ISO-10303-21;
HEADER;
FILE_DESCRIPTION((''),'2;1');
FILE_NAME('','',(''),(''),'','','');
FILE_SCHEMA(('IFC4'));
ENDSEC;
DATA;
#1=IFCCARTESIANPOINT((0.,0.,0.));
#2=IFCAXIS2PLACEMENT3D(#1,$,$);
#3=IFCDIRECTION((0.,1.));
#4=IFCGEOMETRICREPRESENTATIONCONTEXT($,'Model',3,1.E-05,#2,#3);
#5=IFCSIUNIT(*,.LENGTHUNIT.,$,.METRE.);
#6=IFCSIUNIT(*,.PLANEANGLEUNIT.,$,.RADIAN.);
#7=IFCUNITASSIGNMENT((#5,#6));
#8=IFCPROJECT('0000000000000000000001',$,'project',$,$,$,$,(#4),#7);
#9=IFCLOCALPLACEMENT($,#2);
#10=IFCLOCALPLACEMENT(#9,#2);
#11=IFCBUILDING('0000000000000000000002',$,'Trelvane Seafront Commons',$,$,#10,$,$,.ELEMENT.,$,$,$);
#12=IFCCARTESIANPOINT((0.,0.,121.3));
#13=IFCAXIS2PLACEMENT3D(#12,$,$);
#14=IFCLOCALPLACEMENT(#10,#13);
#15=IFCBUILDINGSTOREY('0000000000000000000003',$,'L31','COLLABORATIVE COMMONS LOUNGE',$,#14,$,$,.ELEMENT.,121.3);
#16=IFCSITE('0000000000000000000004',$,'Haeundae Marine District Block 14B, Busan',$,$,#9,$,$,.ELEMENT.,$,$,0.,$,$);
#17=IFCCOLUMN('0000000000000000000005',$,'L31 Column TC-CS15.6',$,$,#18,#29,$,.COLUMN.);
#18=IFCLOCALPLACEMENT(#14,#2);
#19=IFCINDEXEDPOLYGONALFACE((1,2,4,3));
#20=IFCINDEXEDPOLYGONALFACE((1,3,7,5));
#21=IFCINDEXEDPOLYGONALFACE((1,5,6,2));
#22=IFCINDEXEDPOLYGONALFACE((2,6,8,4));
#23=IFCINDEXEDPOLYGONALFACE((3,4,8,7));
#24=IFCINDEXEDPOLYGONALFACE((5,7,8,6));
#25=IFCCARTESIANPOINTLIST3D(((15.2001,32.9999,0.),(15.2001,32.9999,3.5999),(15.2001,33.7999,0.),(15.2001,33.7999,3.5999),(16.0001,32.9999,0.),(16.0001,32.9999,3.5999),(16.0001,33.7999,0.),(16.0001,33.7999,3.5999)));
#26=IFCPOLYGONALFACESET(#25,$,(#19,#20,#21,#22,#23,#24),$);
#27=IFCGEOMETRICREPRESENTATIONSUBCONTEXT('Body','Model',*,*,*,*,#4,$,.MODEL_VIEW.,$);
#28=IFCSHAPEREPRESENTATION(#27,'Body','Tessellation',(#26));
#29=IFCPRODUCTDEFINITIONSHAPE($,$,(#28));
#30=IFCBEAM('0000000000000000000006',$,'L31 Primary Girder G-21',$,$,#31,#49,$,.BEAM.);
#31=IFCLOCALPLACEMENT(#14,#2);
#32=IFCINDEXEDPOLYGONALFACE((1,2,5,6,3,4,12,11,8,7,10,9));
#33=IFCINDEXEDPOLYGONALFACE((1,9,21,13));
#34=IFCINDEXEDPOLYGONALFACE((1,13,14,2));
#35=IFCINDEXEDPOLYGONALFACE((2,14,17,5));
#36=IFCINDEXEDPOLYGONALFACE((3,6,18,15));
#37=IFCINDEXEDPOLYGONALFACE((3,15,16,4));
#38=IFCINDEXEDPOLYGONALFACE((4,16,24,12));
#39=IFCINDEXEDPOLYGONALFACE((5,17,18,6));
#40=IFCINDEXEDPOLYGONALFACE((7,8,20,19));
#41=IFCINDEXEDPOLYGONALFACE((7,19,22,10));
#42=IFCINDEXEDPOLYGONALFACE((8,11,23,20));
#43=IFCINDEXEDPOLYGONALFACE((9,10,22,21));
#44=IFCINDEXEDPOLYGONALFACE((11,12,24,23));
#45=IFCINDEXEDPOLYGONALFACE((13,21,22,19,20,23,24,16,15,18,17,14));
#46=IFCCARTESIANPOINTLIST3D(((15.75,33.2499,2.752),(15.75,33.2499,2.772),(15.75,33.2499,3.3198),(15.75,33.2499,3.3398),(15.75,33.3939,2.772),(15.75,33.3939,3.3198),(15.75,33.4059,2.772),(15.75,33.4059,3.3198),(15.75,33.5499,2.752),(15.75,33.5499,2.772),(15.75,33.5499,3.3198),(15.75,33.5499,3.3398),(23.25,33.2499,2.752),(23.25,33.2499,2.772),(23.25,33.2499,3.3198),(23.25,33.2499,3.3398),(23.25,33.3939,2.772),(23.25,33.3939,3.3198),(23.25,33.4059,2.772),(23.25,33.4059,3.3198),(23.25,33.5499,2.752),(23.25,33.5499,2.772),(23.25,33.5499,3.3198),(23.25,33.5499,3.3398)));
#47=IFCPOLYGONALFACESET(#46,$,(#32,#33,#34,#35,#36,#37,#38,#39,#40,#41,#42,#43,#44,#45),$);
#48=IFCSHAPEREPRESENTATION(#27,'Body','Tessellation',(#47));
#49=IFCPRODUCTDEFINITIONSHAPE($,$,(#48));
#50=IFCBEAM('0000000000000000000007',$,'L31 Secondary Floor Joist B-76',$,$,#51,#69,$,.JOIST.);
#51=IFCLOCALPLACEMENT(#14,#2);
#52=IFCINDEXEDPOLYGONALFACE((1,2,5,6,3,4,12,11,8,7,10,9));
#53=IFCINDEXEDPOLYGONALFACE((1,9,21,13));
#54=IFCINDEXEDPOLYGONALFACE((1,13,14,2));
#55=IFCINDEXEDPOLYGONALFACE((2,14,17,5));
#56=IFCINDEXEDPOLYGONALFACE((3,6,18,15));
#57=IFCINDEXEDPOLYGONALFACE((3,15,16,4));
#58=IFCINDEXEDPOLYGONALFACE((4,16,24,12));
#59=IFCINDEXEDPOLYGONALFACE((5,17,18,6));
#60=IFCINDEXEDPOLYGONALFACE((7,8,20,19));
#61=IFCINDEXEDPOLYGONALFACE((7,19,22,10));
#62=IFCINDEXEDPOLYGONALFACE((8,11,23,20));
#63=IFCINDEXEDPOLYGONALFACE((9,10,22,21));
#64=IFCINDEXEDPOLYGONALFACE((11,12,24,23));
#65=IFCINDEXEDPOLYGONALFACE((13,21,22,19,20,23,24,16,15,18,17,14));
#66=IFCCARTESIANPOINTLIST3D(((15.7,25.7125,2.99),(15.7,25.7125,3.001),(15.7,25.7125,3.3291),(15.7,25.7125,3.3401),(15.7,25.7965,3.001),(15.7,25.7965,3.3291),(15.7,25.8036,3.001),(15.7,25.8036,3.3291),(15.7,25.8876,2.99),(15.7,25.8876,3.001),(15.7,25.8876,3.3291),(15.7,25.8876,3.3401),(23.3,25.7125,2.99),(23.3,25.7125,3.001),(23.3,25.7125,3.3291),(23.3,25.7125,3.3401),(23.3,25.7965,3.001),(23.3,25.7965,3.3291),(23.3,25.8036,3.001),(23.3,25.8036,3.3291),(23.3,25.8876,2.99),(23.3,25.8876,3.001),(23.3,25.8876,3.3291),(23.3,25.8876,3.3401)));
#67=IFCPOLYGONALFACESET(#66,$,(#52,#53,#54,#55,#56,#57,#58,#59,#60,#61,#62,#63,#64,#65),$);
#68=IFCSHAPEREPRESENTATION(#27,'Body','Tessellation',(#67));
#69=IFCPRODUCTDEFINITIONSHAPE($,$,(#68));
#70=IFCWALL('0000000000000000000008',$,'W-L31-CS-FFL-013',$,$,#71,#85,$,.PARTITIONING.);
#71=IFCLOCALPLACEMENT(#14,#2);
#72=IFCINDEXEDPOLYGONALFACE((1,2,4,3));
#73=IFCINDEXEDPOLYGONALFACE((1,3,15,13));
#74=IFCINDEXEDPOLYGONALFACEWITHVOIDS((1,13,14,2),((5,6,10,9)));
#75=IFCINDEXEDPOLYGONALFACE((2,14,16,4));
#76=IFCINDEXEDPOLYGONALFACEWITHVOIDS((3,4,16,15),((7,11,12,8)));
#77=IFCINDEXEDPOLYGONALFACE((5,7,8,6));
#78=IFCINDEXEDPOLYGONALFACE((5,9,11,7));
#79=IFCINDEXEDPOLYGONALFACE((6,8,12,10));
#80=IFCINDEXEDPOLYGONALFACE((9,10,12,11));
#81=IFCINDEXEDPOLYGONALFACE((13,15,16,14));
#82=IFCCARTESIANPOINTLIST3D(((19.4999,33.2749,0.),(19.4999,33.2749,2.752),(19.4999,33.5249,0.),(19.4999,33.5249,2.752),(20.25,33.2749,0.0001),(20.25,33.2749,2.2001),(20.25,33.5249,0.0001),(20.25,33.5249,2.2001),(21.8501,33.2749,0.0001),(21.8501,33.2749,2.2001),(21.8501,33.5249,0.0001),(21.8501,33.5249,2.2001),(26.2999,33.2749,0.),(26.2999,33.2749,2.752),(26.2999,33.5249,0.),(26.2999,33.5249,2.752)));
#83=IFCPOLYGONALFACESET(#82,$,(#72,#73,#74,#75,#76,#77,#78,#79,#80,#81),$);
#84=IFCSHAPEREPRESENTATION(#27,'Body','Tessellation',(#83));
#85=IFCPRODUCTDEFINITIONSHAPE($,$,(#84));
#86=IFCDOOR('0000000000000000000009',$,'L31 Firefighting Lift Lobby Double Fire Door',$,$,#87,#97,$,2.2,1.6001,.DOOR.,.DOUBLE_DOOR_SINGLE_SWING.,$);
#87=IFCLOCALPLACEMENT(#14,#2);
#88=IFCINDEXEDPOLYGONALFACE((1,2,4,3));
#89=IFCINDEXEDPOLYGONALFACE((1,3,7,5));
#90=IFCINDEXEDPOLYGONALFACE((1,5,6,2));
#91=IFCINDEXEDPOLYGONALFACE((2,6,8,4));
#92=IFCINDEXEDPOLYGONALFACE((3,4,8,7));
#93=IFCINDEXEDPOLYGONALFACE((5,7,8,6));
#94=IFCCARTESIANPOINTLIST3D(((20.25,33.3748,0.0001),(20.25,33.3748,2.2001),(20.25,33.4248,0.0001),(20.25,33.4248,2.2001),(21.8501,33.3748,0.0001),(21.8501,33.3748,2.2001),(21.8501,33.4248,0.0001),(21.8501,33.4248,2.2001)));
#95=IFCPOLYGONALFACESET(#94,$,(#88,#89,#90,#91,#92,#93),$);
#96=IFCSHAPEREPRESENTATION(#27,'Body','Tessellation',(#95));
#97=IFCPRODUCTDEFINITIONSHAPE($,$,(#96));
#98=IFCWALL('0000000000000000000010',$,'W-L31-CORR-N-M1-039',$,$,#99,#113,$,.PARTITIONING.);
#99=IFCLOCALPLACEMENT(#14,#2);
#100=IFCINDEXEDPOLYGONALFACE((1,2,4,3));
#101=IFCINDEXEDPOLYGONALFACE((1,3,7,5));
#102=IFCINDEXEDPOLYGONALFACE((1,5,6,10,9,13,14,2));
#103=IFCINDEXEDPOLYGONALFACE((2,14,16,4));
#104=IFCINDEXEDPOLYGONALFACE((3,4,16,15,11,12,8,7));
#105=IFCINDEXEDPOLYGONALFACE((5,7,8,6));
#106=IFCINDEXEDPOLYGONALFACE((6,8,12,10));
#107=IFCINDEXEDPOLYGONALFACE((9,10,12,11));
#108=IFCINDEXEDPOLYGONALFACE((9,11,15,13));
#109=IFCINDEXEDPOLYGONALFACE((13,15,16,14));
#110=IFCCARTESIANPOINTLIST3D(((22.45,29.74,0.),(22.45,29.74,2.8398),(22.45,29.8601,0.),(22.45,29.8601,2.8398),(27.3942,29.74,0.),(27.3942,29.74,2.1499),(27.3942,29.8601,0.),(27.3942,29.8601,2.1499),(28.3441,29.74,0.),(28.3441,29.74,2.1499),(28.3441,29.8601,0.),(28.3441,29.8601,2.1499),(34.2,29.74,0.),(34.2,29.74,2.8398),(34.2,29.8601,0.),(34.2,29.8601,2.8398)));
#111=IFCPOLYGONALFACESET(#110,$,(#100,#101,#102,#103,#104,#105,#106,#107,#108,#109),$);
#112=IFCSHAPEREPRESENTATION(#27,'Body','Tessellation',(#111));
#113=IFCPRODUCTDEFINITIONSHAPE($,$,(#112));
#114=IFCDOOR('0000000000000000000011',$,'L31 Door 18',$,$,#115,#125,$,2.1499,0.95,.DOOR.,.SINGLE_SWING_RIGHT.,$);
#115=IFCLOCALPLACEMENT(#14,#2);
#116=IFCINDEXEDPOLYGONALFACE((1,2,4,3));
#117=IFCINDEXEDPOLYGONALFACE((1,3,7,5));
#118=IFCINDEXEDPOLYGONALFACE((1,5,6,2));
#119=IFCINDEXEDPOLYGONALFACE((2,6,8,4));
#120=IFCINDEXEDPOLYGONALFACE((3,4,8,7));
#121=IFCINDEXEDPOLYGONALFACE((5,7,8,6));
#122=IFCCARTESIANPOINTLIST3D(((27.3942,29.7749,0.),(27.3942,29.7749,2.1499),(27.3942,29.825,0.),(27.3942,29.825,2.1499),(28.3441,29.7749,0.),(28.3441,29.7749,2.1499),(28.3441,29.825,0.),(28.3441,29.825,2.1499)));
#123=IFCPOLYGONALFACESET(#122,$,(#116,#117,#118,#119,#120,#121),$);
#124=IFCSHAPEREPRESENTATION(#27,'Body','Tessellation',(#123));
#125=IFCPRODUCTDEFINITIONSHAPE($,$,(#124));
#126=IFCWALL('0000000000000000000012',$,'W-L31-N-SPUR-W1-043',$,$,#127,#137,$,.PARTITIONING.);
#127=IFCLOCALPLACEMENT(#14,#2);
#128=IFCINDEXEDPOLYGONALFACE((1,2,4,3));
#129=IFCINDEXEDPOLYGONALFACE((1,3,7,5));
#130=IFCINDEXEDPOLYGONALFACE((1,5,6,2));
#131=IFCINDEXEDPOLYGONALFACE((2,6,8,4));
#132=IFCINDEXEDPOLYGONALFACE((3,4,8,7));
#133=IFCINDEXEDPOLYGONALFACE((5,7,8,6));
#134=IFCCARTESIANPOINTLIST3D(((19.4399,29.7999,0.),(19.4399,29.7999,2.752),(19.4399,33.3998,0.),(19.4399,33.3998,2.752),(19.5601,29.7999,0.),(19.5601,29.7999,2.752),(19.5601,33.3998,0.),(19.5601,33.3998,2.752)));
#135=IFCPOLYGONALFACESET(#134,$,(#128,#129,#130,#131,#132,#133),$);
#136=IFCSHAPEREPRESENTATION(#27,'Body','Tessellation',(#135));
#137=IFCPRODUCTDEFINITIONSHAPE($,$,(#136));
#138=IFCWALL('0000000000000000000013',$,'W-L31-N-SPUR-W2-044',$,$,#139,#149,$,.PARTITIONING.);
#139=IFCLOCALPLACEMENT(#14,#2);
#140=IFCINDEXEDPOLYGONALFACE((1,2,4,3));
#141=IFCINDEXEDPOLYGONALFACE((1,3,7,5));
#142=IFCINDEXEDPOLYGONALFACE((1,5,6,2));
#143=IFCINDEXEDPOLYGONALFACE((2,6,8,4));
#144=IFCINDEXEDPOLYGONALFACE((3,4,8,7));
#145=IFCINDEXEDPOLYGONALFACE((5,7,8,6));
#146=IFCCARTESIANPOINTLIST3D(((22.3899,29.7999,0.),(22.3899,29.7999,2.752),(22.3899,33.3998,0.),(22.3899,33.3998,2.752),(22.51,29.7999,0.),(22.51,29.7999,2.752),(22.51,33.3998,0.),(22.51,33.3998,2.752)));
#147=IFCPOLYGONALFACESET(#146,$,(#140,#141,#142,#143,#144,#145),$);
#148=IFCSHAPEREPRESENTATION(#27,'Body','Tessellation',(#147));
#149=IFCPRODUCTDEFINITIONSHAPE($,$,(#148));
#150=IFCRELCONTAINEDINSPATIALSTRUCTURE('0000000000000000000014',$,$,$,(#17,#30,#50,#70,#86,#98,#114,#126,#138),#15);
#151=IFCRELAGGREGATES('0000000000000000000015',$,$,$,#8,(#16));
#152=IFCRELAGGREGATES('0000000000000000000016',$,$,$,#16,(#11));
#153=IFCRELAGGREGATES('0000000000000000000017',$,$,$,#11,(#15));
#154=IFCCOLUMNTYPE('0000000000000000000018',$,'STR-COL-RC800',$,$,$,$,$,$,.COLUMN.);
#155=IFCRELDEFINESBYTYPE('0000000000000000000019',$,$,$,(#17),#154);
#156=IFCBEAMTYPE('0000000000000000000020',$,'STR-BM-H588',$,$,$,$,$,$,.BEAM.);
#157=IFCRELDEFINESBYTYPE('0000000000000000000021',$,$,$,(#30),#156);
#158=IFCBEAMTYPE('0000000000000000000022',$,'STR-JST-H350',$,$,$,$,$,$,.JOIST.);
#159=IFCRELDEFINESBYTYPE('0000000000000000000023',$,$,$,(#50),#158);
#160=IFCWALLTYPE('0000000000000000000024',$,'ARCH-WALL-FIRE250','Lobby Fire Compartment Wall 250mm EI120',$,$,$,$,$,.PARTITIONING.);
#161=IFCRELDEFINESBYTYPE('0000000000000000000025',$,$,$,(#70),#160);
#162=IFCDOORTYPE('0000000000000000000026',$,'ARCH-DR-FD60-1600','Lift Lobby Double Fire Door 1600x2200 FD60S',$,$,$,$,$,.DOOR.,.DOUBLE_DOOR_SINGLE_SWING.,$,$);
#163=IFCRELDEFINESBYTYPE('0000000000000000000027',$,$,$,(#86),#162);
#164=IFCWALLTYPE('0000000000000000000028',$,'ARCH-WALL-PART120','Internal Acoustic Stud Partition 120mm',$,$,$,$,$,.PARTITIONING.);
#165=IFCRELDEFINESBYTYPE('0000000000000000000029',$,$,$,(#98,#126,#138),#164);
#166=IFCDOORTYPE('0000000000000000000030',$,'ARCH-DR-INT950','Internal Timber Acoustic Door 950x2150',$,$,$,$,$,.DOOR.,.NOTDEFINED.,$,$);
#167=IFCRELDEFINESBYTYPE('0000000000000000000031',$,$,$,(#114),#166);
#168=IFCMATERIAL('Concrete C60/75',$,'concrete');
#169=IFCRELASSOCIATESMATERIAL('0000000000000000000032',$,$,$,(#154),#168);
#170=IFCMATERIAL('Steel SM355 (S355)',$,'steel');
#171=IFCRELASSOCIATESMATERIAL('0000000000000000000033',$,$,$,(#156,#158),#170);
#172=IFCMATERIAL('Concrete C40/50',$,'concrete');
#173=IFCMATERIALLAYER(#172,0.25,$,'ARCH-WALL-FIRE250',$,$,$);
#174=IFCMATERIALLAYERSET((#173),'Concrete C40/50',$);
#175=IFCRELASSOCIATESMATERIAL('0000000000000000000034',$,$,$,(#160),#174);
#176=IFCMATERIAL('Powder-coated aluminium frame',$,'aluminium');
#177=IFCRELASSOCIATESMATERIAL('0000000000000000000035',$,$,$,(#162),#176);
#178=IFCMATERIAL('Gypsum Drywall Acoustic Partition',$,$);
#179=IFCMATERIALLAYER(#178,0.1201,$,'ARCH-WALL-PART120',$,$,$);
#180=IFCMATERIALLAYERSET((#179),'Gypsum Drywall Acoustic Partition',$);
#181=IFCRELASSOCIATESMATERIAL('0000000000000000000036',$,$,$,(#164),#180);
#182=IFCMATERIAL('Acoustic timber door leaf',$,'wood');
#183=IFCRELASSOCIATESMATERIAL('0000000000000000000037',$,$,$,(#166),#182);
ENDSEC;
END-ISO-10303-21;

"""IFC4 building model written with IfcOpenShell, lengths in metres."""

from ifc_helpers import new_model, si_unit, direction, frame, frame_2d, origin, origin_2d, place, context, subcontext, project, spatial, rectangle, i_section, extrude, source, transform, mapped, material, layer, layer_set, material_profile, profile_set, type_object, element, fill, save


model = new_model("IFC4")

# Units and contexts
model_context = context("Model", 3, precision=1e-05, world=origin(), true_north=direction((0.0, 1.0)))
body_context = subcontext(model_context, "Body", "Model", "MODEL_VIEW")
ifc_project = project(units=[si_unit("LENGTHUNIT", "METRE"), si_unit("PLANEANGLEUNIT", "RADIAN")], contexts=[model_context])

# Site, building, storey
site_placement = place(None, origin())
site = spatial("IfcSite", under=ifc_project, at=site_placement, Name="Haeundae Marine District Block 14B, Busan", CompositionType="ELEMENT", RefElevation=0.0)
building_placement = place(site_placement, origin())
building = spatial("IfcBuilding", under=site, at=building_placement, Name="Trelvane Seafront Commons", CompositionType="ELEMENT")
storey_placement = place(building_placement, frame((0.0, 0.0, 121.3)))
storey = spatial("IfcBuildingStorey", under=building, at=storey_placement, Name="L31", Description="COLLABORATIVE COMMONS LOUNGE", CompositionType="ELEMENT", Elevation=121.3)

# Column
ifc_material_1 = material(Name="Concrete C60/75", Category="concrete")
ifc_material_profile_1 = material_profile(ifc_material_1, rectangle(XDim=0.8, YDim=0.8, at=origin_2d()), Name="RC-800x800")
ifc_profile_set_1 = profile_set([ifc_material_profile_1], Name="Concrete C60/75")
column_type = type_object("IfcColumnType", Name="STR-COL-RC800", PredefinedType="COLUMN", material=ifc_profile_set_1)
shared_shape_1 = source(origin(), body_context, "Body", "SweptSolid", [
    extrude(rectangle(XDim=0.8, YDim=0.8, at=origin_2d()), origin(), (0.0, 0.0, 1.0), 3.5999),
])
column_placement = place(storey_placement, frame((15.6001, 33.3999, 0.0), z_axis=(0.0, 0.0, 1.0), x_axis=(1.0, 0.0, 0.0)))
element("IfcColumn", 1, at=column_placement, inside=storey, type_object=column_type, Name="L31 Column TC-CS15.6", PredefinedType="COLUMN", context=body_context, shape_type="MappedRepresentation", body=[
    mapped(shared_shape_1, transform((0.0, 0.0, 0.0), x_axis=(1.0, 0.0, 0.0), y_axis=(0.0, 1.0, 0.0), z_axis=(0.0, 0.0, 1.0), scale=1.0)),
])

# Beams
ifc_material_2 = material(Name="Steel SM355 (S355)", Category="steel")
ifc_material_profile_2 = material_profile(ifc_material_2, i_section(OverallWidth=0.3, OverallDepth=0.5879, WebThickness=0.012, FlangeThickness=0.02, at=origin_2d()), Name="H-588x300x12x20")
ifc_profile_set_2 = profile_set([ifc_material_profile_2], Name="Steel SM355 (S355)")
beam_type_1 = type_object("IfcBeamType", Name="STR-BM-H588", PredefinedType="BEAM", material=ifc_profile_set_2)
shared_shape_2 = source(origin(), body_context, "Body", "SweptSolid", [
    extrude(i_section(OverallWidth=0.3, OverallDepth=0.5879, WebThickness=0.012, FlangeThickness=0.02, at=origin_2d()), origin(), (0.0, 0.0, 1.0), 7.5),
])
beam_1_placement = place(storey_placement, frame((15.75, 33.3999, 3.0459), z_axis=(1.0, 0.0, 0.0), x_axis=(0.0, 1.0, 0.0)))
element("IfcBeam", 2, at=beam_1_placement, inside=storey, type_object=beam_type_1, Name="L31 Primary Girder G-21", PredefinedType="BEAM", context=body_context, shape_type="MappedRepresentation", body=[
    mapped(shared_shape_2, transform((0.0, 0.0, 0.0), x_axis=(1.0, 0.0, 0.0), y_axis=(0.0, 1.0, 0.0), z_axis=(0.0, 0.0, 1.0), scale=1.0)),
])
ifc_material_profile_3 = material_profile(ifc_material_2, i_section(OverallWidth=0.175, OverallDepth=0.3501, WebThickness=0.0071, FlangeThickness=0.011, at=origin_2d()), Name="H-350x175x7x11")
ifc_profile_set_3 = profile_set([ifc_material_profile_3], Name="Steel SM355 (S355)")
beam_type_2 = type_object("IfcBeamType", Name="STR-JST-H350", PredefinedType="JOIST", material=ifc_profile_set_3)
shared_shape_3 = source(origin(), body_context, "Body", "SweptSolid", [
    extrude(i_section(OverallWidth=0.175, OverallDepth=0.3501, WebThickness=0.0071, FlangeThickness=0.011, at=origin_2d()), origin(), (0.0, 0.0, 1.0), 7.6001),
])
beam_2_placement = place(storey_placement, frame((15.7, 25.8, 3.165), z_axis=(1.0, 0.0, 0.0), x_axis=(0.0, 1.0, 0.0)))
element("IfcBeam", 3, at=beam_2_placement, inside=storey, type_object=beam_type_2, Name="L31 Secondary Floor Joist B-76", PredefinedType="JOIST", context=body_context, shape_type="MappedRepresentation", body=[
    mapped(shared_shape_3, transform((0.0, 0.0, 0.0), x_axis=(1.0, 0.0, 0.0), y_axis=(0.0, 1.0, 0.0), z_axis=(0.0, 0.0, 1.0), scale=1.0)),
])

# Walls, openings, doors
ifc_material_3 = material(Name="Concrete C40/50", Category="concrete")
ifc_layer_1 = layer(ifc_material_3, 0.25, Name="ARCH-WALL-FIRE250")
ifc_layer_set_1 = layer_set([ifc_layer_1], Name="Concrete C40/50")
wall_type_1 = type_object("IfcWallType", Name="ARCH-WALL-FIRE250", Description="Lobby Fire Compartment Wall 250mm EI120", PredefinedType="PARTITIONING", material=ifc_layer_set_1)
wall_1_placement = place(storey_placement, frame((19.5, 33.3999, 0.0), z_axis=(0.0, 0.0, 1.0), x_axis=(1.0, 0.0, 0.0)))
wall_1 = element("IfcWall", 4, at=wall_1_placement, inside=storey, type_object=wall_type_1, Name="W-L31-CS-FFL-013", PredefinedType="PARTITIONING", context=body_context, shape_type="SweptSolid", body=[
    extrude(rectangle(XDim=6.8, YDim=0.25, at=frame_2d((3.3999, 0.0))), origin(), (0.0, 0.0, 1.0), 2.752),
])
opening_1_placement = place(wall_1_placement, frame((0.75, 0.0, 0.0)))
opening_1 = element("IfcOpeningElement", 5, at=opening_1_placement, cuts=wall_1, PredefinedType="OPENING", context=body_context, shape_type="SweptSolid", body=[
    extrude(rectangle(XDim=1.6001, YDim=2.2, at=frame_2d((0.8, 1.1001))), frame((0.0, 0.135, 0.0), z_axis=(0.0, -1.0, 0.0), x_axis=(1.0, 0.0, 0.0)), (0.0, 0.0, 1.0), 0.27),
])
ifc_material_4 = material(Name="Powder-coated aluminium frame", Category="aluminium")
door_type_1 = type_object("IfcDoorType", Name="ARCH-DR-FD60-1600", Description="Lift Lobby Double Fire Door 1600x2200 FD60S", OperationType="DOUBLE_DOOR_SINGLE_SWING", PredefinedType="DOOR", material=ifc_material_4)
shared_shape_4 = source(origin(), body_context, "Body", "SweptSolid", [
    extrude(rectangle(XDim=1.6001, YDim=2.2, at=frame_2d((0.8, 1.1001))), frame((0.0, 0.0249, 0.0), z_axis=(0.0, -1.0, 0.0), x_axis=(1.0, 0.0, 0.0)), (0.0, 0.0, 1.0), 0.05),
])
door_1_placement = place(opening_1_placement, origin())
door_1 = element("IfcDoor", 6, at=door_1_placement, inside=storey, type_object=door_type_1, Name="L31 Firefighting Lift Lobby Double Fire Door", OperationType="DOUBLE_DOOR_SINGLE_SWING", OverallHeight=2.2, OverallWidth=1.6001, PredefinedType="DOOR", context=body_context, shape_type="MappedRepresentation", body=[
    mapped(shared_shape_4, transform((0.0, 0.0, 0.0), x_axis=(1.0, 0.0, 0.0), y_axis=(0.0, 1.0, 0.0), z_axis=(0.0, 0.0, 1.0), scale=1.0)),
])
fill(opening_1, door_1)
ifc_material_5 = material(Name="Gypsum Drywall Acoustic Partition")
ifc_layer_2 = layer(ifc_material_5, 0.1201, Name="ARCH-WALL-PART120")
ifc_layer_set_2 = layer_set([ifc_layer_2], Name="Gypsum Drywall Acoustic Partition")
wall_type_2 = type_object("IfcWallType", Name="ARCH-WALL-PART120", Description="Internal Acoustic Stud Partition 120mm", PredefinedType="PARTITIONING", material=ifc_layer_set_2)
wall_2_placement = place(storey_placement, frame((22.45, 29.8, 0.0), z_axis=(0.0, 0.0, 1.0), x_axis=(1.0, 0.0, 0.0)))
wall_2 = element("IfcWall", 7, at=wall_2_placement, inside=storey, type_object=wall_type_2, Name="W-L31-CORR-N-M1-039", PredefinedType="PARTITIONING", context=body_context, shape_type="SweptSolid", body=[
    extrude(rectangle(XDim=11.75, YDim=0.1201, at=frame_2d((5.875, 0.0))), origin(), (0.0, 0.0, 1.0), 2.8398),
])
opening_2_placement = place(wall_2_placement, frame((4.9441, 0.0, 0.0)))
opening_2 = element("IfcOpeningElement", 8, at=opening_2_placement, cuts=wall_2, PredefinedType="OPENING", context=body_context, shape_type="SweptSolid", body=[
    extrude(rectangle(XDim=0.95, YDim=2.1499, at=frame_2d((0.4751, 1.075))), frame((0.0, 0.0701, 0.0), z_axis=(0.0, -1.0, 0.0), x_axis=(1.0, 0.0, 0.0)), (0.0, 0.0, 1.0), 0.1401),
])
ifc_material_6 = material(Name="Acoustic timber door leaf", Category="wood")
door_type_2 = type_object("IfcDoorType", Name="ARCH-DR-INT950", Description="Internal Timber Acoustic Door 950x2150", OperationType="NOTDEFINED", PredefinedType="DOOR", material=ifc_material_6)
shared_shape_5 = source(origin(), body_context, "Body", "SweptSolid", [
    extrude(rectangle(XDim=0.95, YDim=2.1499, at=frame_2d((0.4751, 1.075))), frame((0.0, 0.0249, 0.0), z_axis=(0.0, -1.0, 0.0), x_axis=(1.0, 0.0, 0.0)), (0.0, 0.0, 1.0), 0.05),
])
door_2_placement = place(opening_2_placement, origin())
door_2 = element("IfcDoor", 9, at=door_2_placement, inside=storey, type_object=door_type_2, Name="L31 Door 18", OperationType="SINGLE_SWING_RIGHT", OverallHeight=2.1499, OverallWidth=0.95, PredefinedType="DOOR", context=body_context, shape_type="MappedRepresentation", body=[
    mapped(shared_shape_5, transform((0.0, 0.0, 0.0), x_axis=(1.0, 0.0, 0.0), y_axis=(0.0, 1.0, 0.0), z_axis=(0.0, 0.0, 1.0), scale=1.0)),
])
fill(opening_2, door_2)

# Walls
for number, where, z_axis, x_axis, name in (
    (10, (19.5, 29.8, 0.0), (0.0, 0.0, 1.0), (0.0, 1.0, 0.0), "W-L31-N-SPUR-W1-043"),
    (11, (22.45, 29.8, 0.0), (0.0, 0.0, 1.0), (0.0, 1.0, 0.0), "W-L31-N-SPUR-W2-044"),
):
    element("IfcWall", number, at=place(storey_placement, frame(where, z_axis=z_axis, x_axis=x_axis)), inside=storey, type_object=wall_type_2, Name=name, PredefinedType="PARTITIONING", context=body_context, shape_type="SweptSolid", body=[
        extrude(rectangle(XDim=3.5999, YDim=0.1201, at=frame_2d((1.7998, 0.0))), origin(), (0.0, 0.0, 1.0), 2.752),
    ])

save(model, "model.ifc")
